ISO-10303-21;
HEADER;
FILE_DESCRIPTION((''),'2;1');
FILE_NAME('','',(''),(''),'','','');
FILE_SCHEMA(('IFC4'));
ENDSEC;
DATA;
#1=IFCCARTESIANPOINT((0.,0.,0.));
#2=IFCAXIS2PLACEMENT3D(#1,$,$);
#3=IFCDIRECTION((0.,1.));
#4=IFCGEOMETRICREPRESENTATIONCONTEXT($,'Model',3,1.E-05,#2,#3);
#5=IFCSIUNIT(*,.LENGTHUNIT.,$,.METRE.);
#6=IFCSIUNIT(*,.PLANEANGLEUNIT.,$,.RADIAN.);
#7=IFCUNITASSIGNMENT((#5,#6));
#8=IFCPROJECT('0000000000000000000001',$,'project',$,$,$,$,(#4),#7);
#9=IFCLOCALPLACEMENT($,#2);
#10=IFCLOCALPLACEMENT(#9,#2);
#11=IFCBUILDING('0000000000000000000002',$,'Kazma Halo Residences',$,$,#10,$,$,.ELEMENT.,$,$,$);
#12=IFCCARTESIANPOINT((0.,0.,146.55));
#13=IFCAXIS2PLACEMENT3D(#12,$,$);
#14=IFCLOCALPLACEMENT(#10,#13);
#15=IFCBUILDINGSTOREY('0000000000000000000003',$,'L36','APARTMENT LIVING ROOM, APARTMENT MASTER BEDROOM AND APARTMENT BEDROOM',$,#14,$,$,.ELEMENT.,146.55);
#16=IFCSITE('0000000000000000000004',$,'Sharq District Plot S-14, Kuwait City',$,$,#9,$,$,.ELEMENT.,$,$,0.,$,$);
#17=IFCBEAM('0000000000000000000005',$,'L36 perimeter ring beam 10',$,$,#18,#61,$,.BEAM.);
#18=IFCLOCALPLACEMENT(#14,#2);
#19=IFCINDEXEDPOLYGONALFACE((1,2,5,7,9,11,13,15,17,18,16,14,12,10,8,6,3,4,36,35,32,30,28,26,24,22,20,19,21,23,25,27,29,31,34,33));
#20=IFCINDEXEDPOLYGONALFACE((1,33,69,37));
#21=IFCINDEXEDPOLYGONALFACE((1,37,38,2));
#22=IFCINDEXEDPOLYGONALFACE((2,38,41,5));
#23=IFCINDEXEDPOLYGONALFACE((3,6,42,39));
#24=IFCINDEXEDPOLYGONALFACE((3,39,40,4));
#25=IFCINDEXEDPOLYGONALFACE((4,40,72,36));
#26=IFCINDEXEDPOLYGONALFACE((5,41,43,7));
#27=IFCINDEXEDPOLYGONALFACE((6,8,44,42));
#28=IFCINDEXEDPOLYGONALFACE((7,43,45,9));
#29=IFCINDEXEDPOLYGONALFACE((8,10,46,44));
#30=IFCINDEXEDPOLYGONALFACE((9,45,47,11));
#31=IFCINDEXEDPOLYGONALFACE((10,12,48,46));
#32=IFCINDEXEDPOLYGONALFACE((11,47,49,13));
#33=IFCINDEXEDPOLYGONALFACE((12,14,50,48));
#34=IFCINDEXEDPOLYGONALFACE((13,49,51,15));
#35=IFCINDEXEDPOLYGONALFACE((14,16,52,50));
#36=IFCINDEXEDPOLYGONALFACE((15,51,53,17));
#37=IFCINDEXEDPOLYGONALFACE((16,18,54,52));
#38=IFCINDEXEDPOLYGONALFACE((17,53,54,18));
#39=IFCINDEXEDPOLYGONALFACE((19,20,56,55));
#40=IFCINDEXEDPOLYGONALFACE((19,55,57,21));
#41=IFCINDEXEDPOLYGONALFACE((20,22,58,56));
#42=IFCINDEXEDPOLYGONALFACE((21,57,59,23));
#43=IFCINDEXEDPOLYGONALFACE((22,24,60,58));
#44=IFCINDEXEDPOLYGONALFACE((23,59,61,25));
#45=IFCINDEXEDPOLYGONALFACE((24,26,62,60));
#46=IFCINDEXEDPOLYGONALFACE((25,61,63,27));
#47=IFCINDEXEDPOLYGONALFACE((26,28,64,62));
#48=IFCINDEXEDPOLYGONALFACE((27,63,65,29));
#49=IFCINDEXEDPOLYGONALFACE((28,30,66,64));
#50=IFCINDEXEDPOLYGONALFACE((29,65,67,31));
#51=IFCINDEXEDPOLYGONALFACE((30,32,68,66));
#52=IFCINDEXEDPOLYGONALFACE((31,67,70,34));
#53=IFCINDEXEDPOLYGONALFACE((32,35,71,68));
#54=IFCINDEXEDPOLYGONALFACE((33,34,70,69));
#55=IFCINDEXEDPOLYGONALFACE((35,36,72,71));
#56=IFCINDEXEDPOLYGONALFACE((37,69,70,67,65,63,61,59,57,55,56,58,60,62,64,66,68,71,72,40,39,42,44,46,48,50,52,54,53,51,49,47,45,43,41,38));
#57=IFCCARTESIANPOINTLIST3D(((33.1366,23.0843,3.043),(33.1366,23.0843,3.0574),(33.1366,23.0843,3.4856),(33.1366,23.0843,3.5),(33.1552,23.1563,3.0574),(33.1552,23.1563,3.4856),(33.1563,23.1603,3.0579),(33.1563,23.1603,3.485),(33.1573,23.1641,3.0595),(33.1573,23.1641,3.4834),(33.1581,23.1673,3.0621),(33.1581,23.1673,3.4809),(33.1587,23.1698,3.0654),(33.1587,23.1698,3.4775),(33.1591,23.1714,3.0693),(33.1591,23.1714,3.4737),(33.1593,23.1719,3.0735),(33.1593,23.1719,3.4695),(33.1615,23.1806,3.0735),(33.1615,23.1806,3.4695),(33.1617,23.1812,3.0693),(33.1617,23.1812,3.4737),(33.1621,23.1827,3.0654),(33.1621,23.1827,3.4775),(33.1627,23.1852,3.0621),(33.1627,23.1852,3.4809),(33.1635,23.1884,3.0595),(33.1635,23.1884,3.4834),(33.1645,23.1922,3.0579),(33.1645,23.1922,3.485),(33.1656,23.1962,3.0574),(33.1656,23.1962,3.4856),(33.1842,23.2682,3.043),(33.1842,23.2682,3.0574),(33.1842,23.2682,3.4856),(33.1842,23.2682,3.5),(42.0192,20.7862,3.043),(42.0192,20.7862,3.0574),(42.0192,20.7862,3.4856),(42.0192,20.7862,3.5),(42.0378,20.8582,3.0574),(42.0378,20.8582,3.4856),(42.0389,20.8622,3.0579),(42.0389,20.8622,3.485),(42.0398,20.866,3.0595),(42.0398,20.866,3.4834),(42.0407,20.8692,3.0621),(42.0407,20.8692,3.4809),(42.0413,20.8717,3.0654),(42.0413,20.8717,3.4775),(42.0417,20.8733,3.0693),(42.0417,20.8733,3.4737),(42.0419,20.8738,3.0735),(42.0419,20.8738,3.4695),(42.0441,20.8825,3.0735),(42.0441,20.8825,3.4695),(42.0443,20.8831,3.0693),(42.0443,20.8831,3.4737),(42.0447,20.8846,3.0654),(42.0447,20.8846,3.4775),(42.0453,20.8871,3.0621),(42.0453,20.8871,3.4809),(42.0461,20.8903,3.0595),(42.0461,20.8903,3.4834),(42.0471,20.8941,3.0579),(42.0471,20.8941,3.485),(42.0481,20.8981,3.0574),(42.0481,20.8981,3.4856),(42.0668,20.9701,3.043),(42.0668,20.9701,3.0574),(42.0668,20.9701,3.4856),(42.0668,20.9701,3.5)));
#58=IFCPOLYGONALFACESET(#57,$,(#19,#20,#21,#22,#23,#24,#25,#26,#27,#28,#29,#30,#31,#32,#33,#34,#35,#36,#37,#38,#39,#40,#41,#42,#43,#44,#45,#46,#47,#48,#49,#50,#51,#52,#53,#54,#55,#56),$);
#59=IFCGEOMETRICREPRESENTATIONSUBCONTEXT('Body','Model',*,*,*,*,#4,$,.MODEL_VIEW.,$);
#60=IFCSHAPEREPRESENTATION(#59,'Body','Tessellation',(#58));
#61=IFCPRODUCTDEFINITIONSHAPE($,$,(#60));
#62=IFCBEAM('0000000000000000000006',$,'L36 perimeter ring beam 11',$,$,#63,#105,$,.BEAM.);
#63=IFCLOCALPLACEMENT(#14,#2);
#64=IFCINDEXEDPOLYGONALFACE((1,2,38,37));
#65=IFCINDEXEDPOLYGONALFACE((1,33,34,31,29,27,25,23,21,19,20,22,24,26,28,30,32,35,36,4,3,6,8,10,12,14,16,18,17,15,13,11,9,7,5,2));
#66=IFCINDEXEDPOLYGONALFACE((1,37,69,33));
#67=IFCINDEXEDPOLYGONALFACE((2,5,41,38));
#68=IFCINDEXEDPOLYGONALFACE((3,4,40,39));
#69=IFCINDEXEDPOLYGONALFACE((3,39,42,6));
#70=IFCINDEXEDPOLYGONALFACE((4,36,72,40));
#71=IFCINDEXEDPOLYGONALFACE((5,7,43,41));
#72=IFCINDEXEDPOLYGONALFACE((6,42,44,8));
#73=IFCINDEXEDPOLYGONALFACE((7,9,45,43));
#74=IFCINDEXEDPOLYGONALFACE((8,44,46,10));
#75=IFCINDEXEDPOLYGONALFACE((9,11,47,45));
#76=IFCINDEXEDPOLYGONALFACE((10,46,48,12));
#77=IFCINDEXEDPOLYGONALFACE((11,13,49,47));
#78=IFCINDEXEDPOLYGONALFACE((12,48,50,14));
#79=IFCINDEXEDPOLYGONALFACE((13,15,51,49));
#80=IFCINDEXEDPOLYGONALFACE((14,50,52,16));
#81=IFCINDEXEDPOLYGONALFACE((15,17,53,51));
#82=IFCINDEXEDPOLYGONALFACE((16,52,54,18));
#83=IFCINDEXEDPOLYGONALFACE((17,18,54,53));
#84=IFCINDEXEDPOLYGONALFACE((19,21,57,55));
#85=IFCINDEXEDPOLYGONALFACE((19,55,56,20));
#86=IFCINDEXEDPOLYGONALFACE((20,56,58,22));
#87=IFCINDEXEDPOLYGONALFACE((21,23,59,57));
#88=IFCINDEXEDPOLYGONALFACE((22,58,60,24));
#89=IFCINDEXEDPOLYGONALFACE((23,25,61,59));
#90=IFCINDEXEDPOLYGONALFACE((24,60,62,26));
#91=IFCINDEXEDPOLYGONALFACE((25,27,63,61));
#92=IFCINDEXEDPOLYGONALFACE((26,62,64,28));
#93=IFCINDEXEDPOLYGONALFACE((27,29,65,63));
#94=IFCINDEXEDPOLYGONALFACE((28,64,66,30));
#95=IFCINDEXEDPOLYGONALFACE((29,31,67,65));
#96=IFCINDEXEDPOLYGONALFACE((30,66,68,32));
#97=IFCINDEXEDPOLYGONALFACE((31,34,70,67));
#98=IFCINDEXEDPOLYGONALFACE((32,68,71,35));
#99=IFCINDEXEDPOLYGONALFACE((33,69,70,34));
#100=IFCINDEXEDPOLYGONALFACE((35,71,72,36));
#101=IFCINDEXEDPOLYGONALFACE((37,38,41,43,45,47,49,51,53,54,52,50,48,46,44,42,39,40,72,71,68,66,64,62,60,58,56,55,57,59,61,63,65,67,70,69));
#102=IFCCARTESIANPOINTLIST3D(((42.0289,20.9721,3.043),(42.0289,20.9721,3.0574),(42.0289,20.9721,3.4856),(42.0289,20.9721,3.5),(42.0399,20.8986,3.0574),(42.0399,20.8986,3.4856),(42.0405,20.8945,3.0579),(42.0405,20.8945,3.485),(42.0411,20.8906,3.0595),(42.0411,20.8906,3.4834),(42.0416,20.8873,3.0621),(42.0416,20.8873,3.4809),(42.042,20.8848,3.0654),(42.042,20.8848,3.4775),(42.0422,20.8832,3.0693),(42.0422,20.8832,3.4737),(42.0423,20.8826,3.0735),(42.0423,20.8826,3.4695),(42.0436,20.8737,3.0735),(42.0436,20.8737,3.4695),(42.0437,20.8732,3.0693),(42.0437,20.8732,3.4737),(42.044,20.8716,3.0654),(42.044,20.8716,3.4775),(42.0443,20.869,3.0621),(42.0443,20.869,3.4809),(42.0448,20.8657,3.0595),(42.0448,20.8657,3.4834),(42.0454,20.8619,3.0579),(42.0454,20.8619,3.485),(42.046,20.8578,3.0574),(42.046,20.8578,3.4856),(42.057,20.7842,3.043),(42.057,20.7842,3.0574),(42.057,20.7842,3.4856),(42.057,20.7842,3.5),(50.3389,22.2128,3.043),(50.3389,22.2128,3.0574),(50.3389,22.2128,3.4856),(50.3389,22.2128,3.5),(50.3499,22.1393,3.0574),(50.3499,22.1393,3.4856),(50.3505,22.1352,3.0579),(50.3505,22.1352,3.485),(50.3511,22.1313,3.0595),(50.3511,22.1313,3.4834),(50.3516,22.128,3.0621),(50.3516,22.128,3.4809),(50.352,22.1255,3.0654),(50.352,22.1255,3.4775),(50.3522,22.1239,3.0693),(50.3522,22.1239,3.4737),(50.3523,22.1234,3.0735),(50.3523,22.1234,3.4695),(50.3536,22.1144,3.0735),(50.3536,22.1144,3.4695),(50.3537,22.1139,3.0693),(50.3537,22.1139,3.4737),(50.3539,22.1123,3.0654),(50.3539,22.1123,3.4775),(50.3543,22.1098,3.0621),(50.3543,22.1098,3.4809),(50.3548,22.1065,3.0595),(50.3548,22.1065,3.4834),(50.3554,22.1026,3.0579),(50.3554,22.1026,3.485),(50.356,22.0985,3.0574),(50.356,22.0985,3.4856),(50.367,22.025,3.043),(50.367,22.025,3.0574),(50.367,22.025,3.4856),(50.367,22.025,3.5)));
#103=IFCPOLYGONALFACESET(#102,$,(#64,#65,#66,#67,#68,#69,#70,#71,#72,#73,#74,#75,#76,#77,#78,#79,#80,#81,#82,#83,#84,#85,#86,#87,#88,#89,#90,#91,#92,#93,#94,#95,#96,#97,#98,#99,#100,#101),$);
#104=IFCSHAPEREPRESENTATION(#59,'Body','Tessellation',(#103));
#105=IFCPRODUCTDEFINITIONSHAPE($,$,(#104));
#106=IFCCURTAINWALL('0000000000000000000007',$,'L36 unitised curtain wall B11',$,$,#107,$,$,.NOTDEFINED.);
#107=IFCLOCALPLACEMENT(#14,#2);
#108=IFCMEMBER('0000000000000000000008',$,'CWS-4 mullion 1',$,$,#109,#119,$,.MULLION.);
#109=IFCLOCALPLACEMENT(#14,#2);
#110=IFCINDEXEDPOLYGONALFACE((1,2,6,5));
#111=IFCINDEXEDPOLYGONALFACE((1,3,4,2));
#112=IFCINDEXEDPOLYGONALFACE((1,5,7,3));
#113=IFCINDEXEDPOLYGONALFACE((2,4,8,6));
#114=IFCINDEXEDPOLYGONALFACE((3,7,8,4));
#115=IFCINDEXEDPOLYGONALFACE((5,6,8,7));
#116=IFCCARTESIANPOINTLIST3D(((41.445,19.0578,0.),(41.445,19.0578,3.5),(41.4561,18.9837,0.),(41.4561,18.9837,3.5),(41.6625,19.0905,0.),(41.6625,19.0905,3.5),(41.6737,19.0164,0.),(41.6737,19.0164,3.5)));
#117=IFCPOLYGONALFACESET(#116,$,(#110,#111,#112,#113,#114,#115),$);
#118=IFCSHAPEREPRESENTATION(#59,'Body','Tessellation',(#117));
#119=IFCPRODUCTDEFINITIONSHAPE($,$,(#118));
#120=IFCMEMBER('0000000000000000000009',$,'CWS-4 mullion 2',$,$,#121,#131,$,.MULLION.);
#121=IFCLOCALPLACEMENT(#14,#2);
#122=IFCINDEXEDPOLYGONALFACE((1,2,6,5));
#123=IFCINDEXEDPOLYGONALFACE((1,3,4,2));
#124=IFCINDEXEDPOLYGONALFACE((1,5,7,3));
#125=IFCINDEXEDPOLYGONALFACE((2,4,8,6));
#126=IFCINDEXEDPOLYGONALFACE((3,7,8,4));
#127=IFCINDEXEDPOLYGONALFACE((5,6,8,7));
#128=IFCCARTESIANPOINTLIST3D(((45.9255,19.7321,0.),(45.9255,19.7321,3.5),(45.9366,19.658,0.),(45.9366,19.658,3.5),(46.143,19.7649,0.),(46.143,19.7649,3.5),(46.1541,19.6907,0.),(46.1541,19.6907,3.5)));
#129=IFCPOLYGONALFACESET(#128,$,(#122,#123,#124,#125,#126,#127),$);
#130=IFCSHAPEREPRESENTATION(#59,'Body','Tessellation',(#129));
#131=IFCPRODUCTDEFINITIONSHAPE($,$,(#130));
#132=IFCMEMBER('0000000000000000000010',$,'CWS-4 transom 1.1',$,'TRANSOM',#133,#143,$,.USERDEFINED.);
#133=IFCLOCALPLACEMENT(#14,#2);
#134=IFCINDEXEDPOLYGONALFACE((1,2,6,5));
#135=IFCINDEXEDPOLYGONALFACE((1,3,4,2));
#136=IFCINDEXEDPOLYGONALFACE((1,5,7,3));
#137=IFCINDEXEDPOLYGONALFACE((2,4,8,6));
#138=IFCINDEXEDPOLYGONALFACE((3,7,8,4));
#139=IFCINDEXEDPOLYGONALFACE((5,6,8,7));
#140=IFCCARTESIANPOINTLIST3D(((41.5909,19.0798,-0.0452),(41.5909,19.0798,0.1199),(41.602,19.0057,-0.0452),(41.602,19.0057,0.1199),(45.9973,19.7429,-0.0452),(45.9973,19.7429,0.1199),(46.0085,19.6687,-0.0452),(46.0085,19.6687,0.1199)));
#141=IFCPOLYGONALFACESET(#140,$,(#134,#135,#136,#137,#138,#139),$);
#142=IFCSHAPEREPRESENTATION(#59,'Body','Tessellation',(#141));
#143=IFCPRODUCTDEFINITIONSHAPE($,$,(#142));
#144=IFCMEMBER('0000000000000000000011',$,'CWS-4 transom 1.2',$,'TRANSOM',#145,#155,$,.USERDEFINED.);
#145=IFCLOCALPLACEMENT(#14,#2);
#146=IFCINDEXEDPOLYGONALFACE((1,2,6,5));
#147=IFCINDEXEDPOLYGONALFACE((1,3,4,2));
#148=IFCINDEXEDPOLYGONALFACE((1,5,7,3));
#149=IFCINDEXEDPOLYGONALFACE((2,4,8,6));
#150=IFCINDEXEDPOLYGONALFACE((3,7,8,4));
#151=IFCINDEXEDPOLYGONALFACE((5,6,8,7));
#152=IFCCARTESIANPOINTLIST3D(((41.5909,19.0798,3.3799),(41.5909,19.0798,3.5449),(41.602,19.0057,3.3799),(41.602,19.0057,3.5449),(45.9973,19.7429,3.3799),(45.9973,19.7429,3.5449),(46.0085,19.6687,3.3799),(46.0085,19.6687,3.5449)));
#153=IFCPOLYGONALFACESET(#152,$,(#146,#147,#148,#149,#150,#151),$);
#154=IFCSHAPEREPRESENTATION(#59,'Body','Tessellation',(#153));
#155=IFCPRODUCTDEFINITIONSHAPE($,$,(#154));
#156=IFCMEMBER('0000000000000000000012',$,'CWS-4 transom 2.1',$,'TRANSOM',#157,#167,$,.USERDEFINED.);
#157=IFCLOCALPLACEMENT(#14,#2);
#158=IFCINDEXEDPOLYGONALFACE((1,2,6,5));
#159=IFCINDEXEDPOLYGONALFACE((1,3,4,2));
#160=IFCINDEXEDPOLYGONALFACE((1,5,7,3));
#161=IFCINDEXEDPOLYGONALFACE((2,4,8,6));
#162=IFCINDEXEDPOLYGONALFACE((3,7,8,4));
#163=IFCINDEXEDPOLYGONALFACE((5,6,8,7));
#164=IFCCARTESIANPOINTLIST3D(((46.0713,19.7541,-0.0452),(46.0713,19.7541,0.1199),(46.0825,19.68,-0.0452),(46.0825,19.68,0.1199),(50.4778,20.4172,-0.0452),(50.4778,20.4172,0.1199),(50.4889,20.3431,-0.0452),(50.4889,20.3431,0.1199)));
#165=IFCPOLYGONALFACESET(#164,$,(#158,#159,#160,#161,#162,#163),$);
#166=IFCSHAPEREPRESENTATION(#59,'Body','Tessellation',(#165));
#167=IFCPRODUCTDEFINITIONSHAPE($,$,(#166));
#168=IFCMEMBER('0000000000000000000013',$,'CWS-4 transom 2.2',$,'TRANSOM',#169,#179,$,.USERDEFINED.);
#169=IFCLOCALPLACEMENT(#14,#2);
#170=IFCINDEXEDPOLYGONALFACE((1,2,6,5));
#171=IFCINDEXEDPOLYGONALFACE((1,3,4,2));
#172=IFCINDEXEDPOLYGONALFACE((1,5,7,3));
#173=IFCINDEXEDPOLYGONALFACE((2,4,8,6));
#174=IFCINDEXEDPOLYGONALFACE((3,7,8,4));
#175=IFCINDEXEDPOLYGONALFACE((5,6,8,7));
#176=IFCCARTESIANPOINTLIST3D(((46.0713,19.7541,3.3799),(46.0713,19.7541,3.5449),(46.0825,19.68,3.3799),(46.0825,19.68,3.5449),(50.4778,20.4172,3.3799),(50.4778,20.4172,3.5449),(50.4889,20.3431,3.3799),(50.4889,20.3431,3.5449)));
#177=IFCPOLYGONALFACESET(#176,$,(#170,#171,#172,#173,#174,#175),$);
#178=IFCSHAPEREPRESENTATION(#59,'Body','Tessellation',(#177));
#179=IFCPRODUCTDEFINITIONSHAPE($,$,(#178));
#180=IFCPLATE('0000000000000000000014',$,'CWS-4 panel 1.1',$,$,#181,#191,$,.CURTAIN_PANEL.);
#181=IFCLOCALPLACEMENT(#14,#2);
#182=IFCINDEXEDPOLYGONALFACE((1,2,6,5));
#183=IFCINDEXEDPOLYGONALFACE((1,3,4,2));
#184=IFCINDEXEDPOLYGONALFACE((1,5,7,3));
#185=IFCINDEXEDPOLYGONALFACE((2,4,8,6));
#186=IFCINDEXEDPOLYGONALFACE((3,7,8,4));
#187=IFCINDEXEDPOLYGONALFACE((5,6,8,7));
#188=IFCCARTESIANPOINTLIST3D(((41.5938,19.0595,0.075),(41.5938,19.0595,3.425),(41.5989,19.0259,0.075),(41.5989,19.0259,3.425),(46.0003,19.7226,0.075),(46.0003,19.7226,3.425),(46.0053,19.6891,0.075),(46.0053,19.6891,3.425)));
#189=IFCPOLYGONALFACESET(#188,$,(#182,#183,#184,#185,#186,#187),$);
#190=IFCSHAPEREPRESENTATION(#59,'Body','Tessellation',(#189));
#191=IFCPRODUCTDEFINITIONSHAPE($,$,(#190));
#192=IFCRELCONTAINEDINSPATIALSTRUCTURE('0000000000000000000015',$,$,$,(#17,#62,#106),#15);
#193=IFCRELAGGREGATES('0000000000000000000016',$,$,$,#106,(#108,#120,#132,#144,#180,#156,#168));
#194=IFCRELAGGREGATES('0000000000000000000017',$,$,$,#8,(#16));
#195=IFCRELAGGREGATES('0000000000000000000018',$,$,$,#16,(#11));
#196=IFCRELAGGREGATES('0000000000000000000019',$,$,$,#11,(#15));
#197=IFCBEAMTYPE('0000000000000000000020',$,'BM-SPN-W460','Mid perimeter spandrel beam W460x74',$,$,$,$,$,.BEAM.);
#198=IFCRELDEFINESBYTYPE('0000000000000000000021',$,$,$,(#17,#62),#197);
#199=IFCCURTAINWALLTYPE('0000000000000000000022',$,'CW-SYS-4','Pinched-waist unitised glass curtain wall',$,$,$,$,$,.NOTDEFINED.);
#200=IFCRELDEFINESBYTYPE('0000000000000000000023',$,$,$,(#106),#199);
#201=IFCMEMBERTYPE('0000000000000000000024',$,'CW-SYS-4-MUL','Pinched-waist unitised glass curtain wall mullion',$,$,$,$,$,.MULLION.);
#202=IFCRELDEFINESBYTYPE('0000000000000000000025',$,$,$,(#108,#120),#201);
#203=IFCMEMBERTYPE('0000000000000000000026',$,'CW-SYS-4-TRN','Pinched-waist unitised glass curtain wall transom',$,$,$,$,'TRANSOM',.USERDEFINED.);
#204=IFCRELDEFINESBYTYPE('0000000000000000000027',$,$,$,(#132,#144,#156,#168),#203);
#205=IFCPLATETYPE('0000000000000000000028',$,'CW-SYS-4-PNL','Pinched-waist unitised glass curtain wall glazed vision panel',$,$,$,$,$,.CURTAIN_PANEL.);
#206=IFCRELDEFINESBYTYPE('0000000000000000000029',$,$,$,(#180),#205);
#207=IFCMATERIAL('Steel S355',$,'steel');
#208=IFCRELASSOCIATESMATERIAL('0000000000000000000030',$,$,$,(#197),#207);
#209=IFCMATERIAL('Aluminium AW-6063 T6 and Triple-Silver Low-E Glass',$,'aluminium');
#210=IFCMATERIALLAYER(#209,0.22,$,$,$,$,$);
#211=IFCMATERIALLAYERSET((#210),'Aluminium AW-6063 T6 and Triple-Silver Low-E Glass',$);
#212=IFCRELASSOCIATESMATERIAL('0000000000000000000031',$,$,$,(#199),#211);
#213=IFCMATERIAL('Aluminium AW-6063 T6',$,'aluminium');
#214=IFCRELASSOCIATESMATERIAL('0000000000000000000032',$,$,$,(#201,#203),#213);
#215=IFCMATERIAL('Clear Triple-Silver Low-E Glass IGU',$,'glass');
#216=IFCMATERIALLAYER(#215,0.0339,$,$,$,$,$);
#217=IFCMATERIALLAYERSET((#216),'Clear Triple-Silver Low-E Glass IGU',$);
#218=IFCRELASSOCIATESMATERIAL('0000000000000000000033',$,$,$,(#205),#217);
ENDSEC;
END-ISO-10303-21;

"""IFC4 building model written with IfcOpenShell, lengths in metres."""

from ifc_helpers import new_model, si_unit, direction, frame, origin, origin_2d, place, context, subcontext, project, spatial, rectangle, i_section, extrude, material, layer, layer_set, material_profile, profile_set, type_object, element, aggregate, save


model = new_model("IFC4")

# Units and contexts
model_context = context("Model", 3, precision=1e-05, world=origin(), true_north=direction((0.0, 1.0)))
body_context = subcontext(model_context, "Body", "Model", "MODEL_VIEW")
ifc_project = project(units=[si_unit("LENGTHUNIT", "METRE"), si_unit("PLANEANGLEUNIT", "RADIAN")], contexts=[model_context])

# Site, building, storey
site_placement = place(None, origin())
site = spatial("IfcSite", under=ifc_project, at=site_placement, Name="Sharq District Plot S-14, Kuwait City", CompositionType="ELEMENT", RefElevation=0.0)
building_placement = place(site_placement, origin())
building = spatial("IfcBuilding", under=site, at=building_placement, Name="Kazma Halo Residences", CompositionType="ELEMENT")
storey_placement = place(building_placement, frame((0.0, 0.0, 146.55)))
storey = spatial("IfcBuildingStorey", under=building, at=storey_placement, Name="L36", Description="APARTMENT LIVING ROOM, APARTMENT MASTER BEDROOM AND APARTMENT BEDROOM", CompositionType="ELEMENT", Elevation=146.55)

# Beams
ifc_material_1 = material(Name="Steel S355", Category="steel")
ifc_material_profile_1 = material_profile(ifc_material_1, i_section(OverallWidth=0.1899, OverallDepth=0.457, WebThickness=0.009, FlangeThickness=0.0144, FilletRadius=0.0161, at=origin_2d()), Name="W460x74")
ifc_profile_set_1 = profile_set([ifc_material_profile_1], Name="Steel S355")
beam_type_1 = type_object("IfcBeamType", Name="BM-SPN-W460", Description="Mid perimeter spandrel beam W460x74", PredefinedType="BEAM", material=ifc_profile_set_1)
beam_1_placement = place(storey_placement, frame((33.1604, 23.1763, 3.2715), z_axis=(0.968124, -0.250473, 0.0), x_axis=(0.250473, 0.968124, 0.0)))
element("IfcBeam", 1, at=beam_1_placement, inside=storey, type_object=beam_type_1, Name="L36 perimeter ring beam 10", PredefinedType="BEAM", context=body_context, shape_type="SweptSolid", body=[
    extrude(i_section(OverallWidth=0.1899, OverallDepth=0.457, WebThickness=0.009, FlangeThickness=0.0144, FilletRadius=0.0161, at=origin_2d()), origin(), (0.0, 0.0, 1.0), 9.175),
])
beam_2_placement = place(storey_placement, frame((42.043, 20.8782, 3.2715), z_axis=(0.989037, 0.147667, 0.0), x_axis=(-0.147667, 0.989037, 0.0)))
element("IfcBeam", 2, at=beam_2_placement, inside=storey, type_object=beam_type_1, Name="L36 perimeter ring beam 11", PredefinedType="BEAM", context=body_context, shape_type="SweptSolid", body=[
    extrude(i_section(OverallWidth=0.1899, OverallDepth=0.457, WebThickness=0.009, FlangeThickness=0.0144, FilletRadius=0.0161, at=origin_2d()), origin(), (0.0, 0.0, 1.0), 8.4021),
])

# Curtain wall, members, plate
ifc_material_2 = material(Name="Aluminium AW-6063 T6 and Triple-Silver Low-E Glass", Category="aluminium")
ifc_layer_1 = layer(ifc_material_2, 0.22)
ifc_layer_set_1 = layer_set([ifc_layer_1], Name="Aluminium AW-6063 T6 and Triple-Silver Low-E Glass")
curtain_wall_type = type_object("IfcCurtainWallType", Name="CW-SYS-4", Description="Pinched-waist unitised glass curtain wall", PredefinedType="NOTDEFINED", material=ifc_layer_set_1)
curtain_wall_placement = place(storey_placement, origin())
curtain_wall = element("IfcCurtainWall", 3, at=curtain_wall_placement, inside=storey, type_object=curtain_wall_type, Name="L36 unitised curtain wall B11", PredefinedType="NOTDEFINED")
ifc_material_3 = material(Name="Aluminium AW-6063 T6", Category="aluminium")
ifc_material_profile_2 = material_profile(ifc_material_3, rectangle(XDim=0.075, YDim=0.22, at=origin_2d()), Name="CWM-75x220")
ifc_profile_set_2 = profile_set([ifc_material_profile_2], Name="Aluminium AW-6063 T6")
member_type_1 = type_object("IfcMemberType", Name="CW-SYS-4-MUL", Description="Pinched-waist unitised glass curtain wall mullion", PredefinedType="MULLION", material=ifc_profile_set_2)
member_1_placement = place(storey_placement, frame((41.5593, 19.0371, 0.0), z_axis=(0.0, 0.0, 1.0), x_axis=(-0.148821, 0.988864, 0.0)))
member_1 = element("IfcMember", 4, at=member_1_placement, type_object=member_type_1, Name="CWS-4 mullion 1", PredefinedType="MULLION", context=body_context, shape_type="SweptSolid", body=[
    extrude(rectangle(XDim=0.075, YDim=0.22, at=origin_2d()), origin(), (0.0, 0.0, 1.0), 3.5),
])
member_2_placement = place(storey_placement, frame((46.0398, 19.7114, 0.0), z_axis=(0.0, 0.0, 1.0), x_axis=(-0.148821, 0.988864, 0.0)))
member_2 = element("IfcMember", 5, at=member_2_placement, type_object=member_type_1, Name="CWS-4 mullion 2", PredefinedType="MULLION", context=body_context, shape_type="SweptSolid", body=[
    extrude(rectangle(XDim=0.075, YDim=0.22, at=origin_2d()), origin(), (0.0, 0.0, 1.0), 3.5),
])
ifc_material_profile_3 = material_profile(ifc_material_3, rectangle(XDim=0.075, YDim=0.165, at=origin_2d()), Name="CWT-75x165")
ifc_profile_set_3 = profile_set([ifc_material_profile_3], Name="Aluminium AW-6063 T6")
member_type_2 = type_object("IfcMemberType", Name="CW-SYS-4-TRN", Description="Pinched-waist unitised glass curtain wall transom", ElementType="TRANSOM", PredefinedType="USERDEFINED", material=ifc_profile_set_3)
member_3_placement = place(storey_placement, frame((41.5964, 19.0427, 0.0374), z_axis=(0.988867, 0.148804, 0.0), x_axis=(-0.148804, 0.988867, 0.0)))
member_3 = element("IfcMember", 6, at=member_3_placement, type_object=member_type_2, Name="CWS-4 transom 1.1", ObjectType="TRANSOM", PredefinedType="USERDEFINED", context=body_context, shape_type="SweptSolid", body=[
    extrude(rectangle(XDim=0.075, YDim=0.165, at=origin_2d()), origin(), (0.0, 0.0, 1.0), 4.4561),
])
member_4_placement = place(storey_placement, frame((41.5964, 19.0427, 3.4624), z_axis=(0.988867, 0.148804, 0.0), x_axis=(-0.148804, 0.988867, 0.0)))
member_4 = element("IfcMember", 7, at=member_4_placement, type_object=member_type_2, Name="CWS-4 transom 1.2", ObjectType="TRANSOM", PredefinedType="USERDEFINED", context=body_context, shape_type="SweptSolid", body=[
    extrude(rectangle(XDim=0.075, YDim=0.165, at=origin_2d()), origin(), (0.0, 0.0, 1.0), 4.4561),
])
member_5_placement = place(storey_placement, frame((46.0769, 19.717, 0.0374), z_axis=(0.988867, 0.148804, 0.0), x_axis=(-0.148804, 0.988867, 0.0)))
member_5 = element("IfcMember", 8, at=member_5_placement, type_object=member_type_2, Name="CWS-4 transom 2.1", ObjectType="TRANSOM", PredefinedType="USERDEFINED", context=body_context, shape_type="SweptSolid", body=[
    extrude(rectangle(XDim=0.075, YDim=0.165, at=origin_2d()), origin(), (0.0, 0.0, 1.0), 4.4561),
])
member_6_placement = place(storey_placement, frame((46.0769, 19.717, 3.4624), z_axis=(0.988867, 0.148804, 0.0), x_axis=(-0.148804, 0.988867, 0.0)))
member_6 = element("IfcMember", 9, at=member_6_placement, type_object=member_type_2, Name="CWS-4 transom 2.2", ObjectType="TRANSOM", PredefinedType="USERDEFINED", context=body_context, shape_type="SweptSolid", body=[
    extrude(rectangle(XDim=0.075, YDim=0.165, at=origin_2d()), origin(), (0.0, 0.0, 1.0), 4.4561),
])
ifc_material_4 = material(Name="Clear Triple-Silver Low-E Glass IGU", Category="glass")
ifc_layer_2 = layer(ifc_material_4, 0.0339)
ifc_layer_set_2 = layer_set([ifc_layer_2], Name="Clear Triple-Silver Low-E Glass IGU")
plate_type = type_object("IfcPlateType", Name="CW-SYS-4-PNL", Description="Pinched-waist unitised glass curtain wall glazed vision panel", PredefinedType="CURTAIN_PANEL", material=ifc_layer_set_2)
plate_placement = place(storey_placement, frame((43.7996, 19.3743, 0.075), z_axis=(0.0, 0.0, 1.0), x_axis=(0.988864, 0.148821, 0.0)))
plate = element("IfcPlate", 10, at=plate_placement, type_object=plate_type, Name="CWS-4 panel 1.1", PredefinedType="CURTAIN_PANEL", context=body_context, shape_type="SweptSolid", body=[
    extrude(rectangle(XDim=4.4561, YDim=0.0339, at=origin_2d()), origin(), (0.0, 0.0, 1.0), 3.3501),
])
aggregate(curtain_wall, [member_1, member_2, member_3, member_4, plate, member_5, member_6])

save(model, "model.ifc")
